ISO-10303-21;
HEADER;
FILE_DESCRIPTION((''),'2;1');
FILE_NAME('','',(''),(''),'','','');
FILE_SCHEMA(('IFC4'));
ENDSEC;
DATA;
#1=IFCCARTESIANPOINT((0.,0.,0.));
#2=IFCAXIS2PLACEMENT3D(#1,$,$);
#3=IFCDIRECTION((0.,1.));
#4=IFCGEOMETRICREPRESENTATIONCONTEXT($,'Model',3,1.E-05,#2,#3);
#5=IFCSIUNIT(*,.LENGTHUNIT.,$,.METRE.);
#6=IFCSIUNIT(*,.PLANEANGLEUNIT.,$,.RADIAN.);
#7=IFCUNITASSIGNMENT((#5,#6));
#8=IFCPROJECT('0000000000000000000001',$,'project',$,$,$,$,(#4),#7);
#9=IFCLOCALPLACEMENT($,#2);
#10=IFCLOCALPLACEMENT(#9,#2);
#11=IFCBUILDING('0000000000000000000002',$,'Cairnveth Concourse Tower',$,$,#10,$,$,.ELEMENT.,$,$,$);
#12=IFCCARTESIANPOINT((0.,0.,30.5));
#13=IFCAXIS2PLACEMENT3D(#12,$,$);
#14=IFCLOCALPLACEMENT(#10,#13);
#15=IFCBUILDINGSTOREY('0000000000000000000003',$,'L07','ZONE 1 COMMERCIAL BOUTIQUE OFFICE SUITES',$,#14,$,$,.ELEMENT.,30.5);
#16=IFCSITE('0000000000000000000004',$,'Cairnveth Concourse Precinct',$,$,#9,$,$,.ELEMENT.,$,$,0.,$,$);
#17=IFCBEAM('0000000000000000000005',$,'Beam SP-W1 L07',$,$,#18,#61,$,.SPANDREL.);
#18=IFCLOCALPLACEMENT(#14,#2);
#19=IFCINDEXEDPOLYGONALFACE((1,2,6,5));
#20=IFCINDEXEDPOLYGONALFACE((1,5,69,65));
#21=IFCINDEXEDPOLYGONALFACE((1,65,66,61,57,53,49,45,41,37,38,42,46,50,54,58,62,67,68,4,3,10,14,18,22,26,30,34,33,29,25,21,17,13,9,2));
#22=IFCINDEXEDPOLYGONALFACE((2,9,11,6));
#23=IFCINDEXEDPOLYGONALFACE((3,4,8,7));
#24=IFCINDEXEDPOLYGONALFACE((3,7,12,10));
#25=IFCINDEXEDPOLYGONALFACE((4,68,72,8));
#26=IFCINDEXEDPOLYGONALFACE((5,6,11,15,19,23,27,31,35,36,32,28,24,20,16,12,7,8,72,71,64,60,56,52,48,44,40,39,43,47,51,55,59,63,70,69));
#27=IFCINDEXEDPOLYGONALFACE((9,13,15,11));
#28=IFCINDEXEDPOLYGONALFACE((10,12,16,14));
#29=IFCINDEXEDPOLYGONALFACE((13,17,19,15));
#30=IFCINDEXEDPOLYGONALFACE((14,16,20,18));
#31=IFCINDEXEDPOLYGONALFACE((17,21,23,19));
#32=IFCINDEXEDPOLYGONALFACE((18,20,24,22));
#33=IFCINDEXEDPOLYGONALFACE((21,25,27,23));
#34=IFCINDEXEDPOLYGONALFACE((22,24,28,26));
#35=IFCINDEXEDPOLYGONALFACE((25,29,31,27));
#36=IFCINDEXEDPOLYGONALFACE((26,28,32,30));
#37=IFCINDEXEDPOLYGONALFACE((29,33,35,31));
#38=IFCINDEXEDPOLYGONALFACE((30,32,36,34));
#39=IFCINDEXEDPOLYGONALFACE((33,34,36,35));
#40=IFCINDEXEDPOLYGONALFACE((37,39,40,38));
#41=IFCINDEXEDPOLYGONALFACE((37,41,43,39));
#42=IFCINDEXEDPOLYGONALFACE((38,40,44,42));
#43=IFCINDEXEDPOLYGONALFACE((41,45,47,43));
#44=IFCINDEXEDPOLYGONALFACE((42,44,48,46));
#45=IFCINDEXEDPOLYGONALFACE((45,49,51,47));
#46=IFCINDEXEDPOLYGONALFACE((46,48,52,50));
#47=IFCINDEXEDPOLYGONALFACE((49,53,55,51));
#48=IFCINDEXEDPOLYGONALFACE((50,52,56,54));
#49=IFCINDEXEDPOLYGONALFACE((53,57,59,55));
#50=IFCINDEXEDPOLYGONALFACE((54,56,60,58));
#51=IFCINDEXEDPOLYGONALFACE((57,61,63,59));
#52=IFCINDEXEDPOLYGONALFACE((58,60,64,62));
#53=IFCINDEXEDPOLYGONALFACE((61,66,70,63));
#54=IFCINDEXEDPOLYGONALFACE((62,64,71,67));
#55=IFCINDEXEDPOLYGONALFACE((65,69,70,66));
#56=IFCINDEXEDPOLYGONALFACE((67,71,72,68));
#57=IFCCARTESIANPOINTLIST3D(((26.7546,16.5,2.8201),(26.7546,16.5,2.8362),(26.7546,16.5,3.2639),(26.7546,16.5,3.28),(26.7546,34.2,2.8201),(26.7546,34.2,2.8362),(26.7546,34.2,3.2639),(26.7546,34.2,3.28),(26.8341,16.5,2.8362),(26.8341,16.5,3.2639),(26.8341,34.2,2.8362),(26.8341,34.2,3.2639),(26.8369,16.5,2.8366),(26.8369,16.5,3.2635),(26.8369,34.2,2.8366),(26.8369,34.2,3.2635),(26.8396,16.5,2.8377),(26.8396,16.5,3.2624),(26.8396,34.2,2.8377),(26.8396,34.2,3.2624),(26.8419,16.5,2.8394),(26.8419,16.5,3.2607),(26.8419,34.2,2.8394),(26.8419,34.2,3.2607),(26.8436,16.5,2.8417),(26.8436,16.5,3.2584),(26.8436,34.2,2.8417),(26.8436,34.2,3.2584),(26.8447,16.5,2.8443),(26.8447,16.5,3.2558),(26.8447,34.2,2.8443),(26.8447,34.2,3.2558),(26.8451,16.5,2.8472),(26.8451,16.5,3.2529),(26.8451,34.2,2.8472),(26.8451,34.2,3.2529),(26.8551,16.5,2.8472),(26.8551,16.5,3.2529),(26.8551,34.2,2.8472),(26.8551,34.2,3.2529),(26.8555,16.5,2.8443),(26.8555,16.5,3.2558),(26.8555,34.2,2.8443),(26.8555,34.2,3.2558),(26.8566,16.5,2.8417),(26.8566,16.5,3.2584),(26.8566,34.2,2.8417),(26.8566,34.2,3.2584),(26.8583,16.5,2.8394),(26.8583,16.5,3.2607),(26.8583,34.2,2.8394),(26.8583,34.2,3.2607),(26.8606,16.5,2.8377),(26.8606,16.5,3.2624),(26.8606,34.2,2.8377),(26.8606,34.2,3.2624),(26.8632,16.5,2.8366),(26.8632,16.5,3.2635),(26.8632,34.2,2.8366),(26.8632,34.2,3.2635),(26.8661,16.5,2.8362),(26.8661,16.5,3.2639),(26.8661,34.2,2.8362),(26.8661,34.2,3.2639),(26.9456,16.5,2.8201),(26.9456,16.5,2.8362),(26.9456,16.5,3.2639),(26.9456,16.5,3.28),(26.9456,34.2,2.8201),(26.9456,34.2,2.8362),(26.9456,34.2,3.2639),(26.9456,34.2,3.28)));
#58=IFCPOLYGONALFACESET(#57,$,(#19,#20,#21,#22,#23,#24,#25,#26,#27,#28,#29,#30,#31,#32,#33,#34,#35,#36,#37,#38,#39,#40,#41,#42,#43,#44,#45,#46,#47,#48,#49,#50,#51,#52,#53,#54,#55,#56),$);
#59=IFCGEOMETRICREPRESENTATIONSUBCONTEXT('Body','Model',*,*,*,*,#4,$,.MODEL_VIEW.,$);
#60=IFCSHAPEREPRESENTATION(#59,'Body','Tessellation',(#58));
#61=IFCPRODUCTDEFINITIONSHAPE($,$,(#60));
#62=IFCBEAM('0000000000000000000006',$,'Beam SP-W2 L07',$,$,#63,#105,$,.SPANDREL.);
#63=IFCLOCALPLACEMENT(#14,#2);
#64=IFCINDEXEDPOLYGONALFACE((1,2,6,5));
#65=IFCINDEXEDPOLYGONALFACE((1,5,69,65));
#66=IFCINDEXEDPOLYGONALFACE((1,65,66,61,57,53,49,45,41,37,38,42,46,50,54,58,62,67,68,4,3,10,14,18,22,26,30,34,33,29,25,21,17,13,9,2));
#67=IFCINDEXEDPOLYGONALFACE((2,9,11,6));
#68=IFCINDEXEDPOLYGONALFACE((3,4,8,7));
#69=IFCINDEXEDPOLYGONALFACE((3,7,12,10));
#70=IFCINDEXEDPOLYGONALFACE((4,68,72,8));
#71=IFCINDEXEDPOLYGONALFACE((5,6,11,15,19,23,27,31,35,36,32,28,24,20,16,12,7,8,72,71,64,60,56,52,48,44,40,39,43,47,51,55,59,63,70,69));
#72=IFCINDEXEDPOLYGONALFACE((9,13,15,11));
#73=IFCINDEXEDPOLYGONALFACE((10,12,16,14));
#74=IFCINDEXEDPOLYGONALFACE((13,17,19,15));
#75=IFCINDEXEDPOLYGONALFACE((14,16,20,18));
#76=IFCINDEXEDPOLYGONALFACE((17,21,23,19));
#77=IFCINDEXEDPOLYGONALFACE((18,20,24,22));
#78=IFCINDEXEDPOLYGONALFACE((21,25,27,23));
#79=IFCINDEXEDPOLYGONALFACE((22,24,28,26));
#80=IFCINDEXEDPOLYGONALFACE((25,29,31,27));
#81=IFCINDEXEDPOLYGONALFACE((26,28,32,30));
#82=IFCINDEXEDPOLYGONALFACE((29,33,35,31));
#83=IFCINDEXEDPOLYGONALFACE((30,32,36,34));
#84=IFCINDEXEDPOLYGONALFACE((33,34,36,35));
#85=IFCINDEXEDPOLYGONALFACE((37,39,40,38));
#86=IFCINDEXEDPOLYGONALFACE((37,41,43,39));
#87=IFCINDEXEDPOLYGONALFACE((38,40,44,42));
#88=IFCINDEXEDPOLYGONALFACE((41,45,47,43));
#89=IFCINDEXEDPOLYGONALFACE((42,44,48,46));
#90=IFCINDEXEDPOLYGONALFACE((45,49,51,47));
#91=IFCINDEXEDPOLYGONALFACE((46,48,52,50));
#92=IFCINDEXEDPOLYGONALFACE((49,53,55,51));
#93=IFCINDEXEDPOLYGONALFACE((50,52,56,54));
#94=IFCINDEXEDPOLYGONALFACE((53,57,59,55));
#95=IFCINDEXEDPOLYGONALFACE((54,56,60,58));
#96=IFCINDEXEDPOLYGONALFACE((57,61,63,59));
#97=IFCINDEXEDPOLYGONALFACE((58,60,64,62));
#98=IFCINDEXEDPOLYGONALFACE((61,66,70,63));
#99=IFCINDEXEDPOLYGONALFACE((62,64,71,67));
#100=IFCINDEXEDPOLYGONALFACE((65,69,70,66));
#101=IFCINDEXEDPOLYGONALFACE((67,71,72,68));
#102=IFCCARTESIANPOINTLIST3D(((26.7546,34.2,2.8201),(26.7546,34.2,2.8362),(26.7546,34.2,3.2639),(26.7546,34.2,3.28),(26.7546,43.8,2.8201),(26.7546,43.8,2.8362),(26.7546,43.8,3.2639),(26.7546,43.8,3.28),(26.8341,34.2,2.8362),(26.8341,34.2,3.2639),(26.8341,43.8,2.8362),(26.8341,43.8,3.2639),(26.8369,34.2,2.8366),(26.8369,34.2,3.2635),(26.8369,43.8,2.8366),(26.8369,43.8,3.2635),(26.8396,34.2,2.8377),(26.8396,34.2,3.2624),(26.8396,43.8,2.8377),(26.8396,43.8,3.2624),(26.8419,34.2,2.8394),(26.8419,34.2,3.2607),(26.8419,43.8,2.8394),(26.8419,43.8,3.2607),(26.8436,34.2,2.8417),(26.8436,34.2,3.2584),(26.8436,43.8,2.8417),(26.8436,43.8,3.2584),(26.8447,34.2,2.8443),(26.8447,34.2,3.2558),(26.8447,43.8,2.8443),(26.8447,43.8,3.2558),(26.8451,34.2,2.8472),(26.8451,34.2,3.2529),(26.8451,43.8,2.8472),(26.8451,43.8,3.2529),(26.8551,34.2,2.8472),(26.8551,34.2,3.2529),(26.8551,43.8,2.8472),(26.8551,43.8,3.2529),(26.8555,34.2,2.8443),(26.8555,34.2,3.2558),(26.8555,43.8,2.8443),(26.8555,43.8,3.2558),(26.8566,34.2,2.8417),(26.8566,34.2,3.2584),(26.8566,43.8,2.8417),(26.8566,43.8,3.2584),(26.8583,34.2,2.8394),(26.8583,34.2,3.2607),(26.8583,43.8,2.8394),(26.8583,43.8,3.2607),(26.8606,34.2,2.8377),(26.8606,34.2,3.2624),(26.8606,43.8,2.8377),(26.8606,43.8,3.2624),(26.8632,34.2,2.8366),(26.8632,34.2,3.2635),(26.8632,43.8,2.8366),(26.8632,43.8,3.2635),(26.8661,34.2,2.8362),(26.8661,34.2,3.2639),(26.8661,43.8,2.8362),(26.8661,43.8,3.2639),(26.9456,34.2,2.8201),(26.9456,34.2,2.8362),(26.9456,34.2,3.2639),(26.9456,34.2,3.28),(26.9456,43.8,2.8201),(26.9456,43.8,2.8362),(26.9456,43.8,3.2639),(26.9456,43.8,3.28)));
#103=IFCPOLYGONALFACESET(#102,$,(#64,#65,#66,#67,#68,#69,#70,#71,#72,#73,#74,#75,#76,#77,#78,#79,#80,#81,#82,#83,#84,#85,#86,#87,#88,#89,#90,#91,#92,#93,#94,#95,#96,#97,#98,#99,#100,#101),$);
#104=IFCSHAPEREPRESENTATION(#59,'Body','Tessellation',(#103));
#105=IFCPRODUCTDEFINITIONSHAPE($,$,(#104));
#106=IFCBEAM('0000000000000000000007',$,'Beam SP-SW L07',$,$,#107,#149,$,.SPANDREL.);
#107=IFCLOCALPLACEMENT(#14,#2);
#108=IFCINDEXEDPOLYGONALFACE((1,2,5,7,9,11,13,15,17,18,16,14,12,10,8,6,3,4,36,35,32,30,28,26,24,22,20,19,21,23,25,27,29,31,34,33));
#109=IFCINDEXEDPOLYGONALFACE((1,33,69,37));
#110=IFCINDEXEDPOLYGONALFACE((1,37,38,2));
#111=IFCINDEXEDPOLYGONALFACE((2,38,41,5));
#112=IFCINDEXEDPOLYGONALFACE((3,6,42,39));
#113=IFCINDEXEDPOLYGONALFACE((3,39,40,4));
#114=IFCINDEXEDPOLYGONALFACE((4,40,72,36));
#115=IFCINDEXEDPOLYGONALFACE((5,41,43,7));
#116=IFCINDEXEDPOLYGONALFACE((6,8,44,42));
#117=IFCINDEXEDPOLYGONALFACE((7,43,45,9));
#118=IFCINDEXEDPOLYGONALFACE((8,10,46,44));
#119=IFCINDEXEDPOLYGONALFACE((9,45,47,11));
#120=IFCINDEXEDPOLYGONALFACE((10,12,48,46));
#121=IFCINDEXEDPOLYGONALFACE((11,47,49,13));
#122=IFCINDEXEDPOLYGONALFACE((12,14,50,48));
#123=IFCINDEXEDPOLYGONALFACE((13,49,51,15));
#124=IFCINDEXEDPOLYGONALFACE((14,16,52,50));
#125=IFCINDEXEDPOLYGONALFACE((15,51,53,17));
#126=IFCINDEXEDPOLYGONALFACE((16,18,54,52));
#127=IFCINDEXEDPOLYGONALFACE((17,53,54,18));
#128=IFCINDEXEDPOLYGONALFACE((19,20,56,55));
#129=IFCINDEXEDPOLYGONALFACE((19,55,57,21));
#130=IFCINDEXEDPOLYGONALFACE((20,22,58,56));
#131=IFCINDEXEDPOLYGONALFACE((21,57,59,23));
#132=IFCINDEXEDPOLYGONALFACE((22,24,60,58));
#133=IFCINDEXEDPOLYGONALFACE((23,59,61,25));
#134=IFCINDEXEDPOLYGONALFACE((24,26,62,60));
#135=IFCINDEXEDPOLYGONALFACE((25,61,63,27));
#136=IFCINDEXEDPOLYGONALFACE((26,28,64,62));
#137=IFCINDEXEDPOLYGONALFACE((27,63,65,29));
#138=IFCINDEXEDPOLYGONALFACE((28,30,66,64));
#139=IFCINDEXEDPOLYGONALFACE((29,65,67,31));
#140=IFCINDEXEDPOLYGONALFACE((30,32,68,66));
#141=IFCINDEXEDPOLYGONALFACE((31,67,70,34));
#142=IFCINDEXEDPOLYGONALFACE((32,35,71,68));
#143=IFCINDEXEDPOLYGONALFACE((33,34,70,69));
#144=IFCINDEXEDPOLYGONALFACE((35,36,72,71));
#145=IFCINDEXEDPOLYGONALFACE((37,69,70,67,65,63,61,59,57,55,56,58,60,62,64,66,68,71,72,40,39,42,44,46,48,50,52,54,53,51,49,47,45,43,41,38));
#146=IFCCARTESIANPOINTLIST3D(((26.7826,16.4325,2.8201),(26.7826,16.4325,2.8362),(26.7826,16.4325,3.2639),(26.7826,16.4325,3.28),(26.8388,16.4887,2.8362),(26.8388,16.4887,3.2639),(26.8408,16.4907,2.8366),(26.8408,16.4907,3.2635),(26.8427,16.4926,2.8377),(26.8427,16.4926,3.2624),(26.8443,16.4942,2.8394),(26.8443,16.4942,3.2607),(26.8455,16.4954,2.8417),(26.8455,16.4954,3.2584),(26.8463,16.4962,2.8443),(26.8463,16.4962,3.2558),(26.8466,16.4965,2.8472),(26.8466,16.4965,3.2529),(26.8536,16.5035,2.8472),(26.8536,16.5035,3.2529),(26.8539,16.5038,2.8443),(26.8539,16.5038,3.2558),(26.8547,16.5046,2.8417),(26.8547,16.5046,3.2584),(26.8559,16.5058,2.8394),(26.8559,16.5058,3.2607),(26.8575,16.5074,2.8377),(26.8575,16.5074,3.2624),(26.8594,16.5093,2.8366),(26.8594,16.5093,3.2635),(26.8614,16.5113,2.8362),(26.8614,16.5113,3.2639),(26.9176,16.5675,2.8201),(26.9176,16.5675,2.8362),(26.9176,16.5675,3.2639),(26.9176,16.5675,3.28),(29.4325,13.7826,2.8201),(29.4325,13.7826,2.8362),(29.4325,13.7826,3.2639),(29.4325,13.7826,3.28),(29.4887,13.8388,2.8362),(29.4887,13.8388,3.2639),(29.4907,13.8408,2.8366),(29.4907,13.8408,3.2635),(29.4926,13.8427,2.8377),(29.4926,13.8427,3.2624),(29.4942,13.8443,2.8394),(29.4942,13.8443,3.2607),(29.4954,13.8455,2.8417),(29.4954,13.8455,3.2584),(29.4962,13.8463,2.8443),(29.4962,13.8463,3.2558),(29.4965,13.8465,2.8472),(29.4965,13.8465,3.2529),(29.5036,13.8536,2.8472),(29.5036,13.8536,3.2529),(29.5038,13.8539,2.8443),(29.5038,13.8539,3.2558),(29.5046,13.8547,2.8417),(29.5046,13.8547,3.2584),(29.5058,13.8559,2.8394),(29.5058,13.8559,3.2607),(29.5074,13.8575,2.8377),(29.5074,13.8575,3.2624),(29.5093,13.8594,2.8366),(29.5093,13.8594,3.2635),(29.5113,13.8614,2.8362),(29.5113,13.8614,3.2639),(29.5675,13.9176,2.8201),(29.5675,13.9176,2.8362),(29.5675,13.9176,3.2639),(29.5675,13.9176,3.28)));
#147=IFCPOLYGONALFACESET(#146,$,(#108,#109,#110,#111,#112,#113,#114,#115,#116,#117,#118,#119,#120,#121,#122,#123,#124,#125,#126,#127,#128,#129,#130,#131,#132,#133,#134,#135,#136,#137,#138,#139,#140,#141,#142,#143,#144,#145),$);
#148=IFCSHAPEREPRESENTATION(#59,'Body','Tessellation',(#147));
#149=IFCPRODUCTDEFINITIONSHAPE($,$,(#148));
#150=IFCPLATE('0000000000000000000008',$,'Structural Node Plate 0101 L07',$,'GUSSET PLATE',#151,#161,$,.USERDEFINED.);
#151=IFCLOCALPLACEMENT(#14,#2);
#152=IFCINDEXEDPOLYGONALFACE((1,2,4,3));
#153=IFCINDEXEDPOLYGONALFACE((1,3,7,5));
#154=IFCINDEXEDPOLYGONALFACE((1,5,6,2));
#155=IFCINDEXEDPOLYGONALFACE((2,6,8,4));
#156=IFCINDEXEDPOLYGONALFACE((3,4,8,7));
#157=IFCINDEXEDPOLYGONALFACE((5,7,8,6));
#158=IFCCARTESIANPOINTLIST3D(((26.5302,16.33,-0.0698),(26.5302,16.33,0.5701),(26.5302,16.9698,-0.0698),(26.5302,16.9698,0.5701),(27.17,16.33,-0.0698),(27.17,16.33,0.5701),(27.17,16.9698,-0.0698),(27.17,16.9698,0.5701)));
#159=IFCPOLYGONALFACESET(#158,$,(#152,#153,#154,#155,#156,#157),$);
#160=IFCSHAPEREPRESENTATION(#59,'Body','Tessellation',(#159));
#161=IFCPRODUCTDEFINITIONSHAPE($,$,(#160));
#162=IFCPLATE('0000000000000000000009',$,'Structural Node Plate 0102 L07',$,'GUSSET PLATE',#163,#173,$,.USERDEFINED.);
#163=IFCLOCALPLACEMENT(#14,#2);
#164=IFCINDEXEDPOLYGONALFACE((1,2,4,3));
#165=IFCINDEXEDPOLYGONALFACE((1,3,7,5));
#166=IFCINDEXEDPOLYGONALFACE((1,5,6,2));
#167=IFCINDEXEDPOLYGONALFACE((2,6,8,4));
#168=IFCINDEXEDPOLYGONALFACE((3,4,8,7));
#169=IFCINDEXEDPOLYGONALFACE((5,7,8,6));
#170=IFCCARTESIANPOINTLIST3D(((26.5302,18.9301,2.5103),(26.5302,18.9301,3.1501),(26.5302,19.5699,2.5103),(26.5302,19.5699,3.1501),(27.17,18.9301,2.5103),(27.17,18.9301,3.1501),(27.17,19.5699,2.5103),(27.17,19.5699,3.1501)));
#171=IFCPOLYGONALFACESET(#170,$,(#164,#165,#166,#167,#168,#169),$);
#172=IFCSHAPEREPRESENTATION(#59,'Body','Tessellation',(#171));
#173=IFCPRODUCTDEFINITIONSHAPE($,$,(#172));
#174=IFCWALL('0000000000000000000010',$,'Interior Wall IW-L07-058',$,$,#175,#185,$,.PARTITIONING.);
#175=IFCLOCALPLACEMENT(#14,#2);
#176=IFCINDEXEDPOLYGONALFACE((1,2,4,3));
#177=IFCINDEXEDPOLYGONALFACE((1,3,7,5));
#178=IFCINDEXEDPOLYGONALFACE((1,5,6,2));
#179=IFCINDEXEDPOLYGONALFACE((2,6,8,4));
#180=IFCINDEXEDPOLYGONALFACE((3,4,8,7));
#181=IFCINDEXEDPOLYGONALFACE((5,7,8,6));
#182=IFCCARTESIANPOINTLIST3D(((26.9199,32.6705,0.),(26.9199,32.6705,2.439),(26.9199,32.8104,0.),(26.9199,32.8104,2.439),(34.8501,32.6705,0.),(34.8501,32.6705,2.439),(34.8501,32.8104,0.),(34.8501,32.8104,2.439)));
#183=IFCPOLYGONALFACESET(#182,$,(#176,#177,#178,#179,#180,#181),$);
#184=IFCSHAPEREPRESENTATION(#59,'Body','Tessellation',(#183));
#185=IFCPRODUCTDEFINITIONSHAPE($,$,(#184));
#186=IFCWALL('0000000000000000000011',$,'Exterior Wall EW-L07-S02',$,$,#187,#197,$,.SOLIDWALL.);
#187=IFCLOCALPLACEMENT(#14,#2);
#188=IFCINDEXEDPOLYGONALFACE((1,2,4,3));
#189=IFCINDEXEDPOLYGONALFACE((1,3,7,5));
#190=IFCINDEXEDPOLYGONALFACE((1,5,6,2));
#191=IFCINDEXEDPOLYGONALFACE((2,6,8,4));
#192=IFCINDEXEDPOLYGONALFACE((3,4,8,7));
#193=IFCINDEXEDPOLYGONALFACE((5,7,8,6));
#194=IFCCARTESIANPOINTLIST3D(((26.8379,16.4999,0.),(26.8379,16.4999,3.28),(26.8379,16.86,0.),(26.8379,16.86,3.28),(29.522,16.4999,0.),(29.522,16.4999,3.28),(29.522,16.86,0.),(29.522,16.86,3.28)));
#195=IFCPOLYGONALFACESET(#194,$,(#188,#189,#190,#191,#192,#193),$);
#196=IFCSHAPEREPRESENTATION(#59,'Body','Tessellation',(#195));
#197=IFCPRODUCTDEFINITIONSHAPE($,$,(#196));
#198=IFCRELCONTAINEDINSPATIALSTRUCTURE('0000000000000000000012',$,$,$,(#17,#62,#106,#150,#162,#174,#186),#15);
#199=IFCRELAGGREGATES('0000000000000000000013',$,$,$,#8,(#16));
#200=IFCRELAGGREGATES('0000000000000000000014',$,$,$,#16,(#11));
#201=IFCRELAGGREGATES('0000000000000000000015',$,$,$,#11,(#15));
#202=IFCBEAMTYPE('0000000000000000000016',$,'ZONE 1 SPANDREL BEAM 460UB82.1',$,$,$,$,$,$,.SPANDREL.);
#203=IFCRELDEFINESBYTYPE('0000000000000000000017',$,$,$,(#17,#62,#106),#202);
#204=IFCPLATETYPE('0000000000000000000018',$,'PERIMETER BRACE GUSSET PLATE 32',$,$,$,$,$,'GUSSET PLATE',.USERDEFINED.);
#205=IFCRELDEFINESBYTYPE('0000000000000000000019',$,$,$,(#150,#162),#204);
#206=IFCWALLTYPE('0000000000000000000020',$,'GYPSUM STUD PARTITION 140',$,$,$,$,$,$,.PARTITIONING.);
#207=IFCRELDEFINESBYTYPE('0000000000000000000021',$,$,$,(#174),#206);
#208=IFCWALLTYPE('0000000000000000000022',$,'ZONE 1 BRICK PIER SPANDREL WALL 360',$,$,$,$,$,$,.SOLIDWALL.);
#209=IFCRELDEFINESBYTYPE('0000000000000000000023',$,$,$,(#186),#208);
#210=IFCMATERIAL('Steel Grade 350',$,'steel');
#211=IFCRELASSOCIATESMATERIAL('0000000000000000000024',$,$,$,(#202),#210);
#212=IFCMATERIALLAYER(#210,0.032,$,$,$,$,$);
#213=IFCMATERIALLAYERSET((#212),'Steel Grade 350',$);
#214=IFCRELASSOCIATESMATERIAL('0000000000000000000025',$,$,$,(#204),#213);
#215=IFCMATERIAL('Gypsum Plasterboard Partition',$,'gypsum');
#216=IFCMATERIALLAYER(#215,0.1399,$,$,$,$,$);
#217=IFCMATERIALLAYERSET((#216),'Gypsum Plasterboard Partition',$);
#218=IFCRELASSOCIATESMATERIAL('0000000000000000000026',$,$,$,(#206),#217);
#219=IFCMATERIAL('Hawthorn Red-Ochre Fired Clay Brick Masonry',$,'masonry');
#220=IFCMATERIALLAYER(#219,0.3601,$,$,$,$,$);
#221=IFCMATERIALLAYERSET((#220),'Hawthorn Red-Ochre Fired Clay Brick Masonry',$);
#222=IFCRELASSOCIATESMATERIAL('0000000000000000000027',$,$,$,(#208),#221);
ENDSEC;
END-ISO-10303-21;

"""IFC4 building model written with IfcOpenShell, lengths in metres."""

from ifc_helpers import new_model, si_unit, direction, frame, frame_2d, origin, origin_2d, place, context, subcontext, project, spatial, rectangle, i_section, extrude, material, layer, layer_set, material_profile, profile_set, type_object, element, save


model = new_model("IFC4")

# Units and contexts
model_context = context("Model", 3, precision=1e-05, world=origin(), true_north=direction((0.0, 1.0)))
body_context = subcontext(model_context, "Body", "Model", "MODEL_VIEW")
ifc_project = project(units=[si_unit("LENGTHUNIT", "METRE"), si_unit("PLANEANGLEUNIT", "RADIAN")], contexts=[model_context])

# Site, building, storey
site_placement = place(None, origin())
site = spatial("IfcSite", under=ifc_project, at=site_placement, Name="Cairnveth Concourse Precinct", CompositionType="ELEMENT", RefElevation=0.0)
building_placement = place(site_placement, origin())
building = spatial("IfcBuilding", under=site, at=building_placement, Name="Cairnveth Concourse Tower", CompositionType="ELEMENT")
storey_placement = place(building_placement, frame((0.0, 0.0, 30.5)))
storey = spatial("IfcBuildingStorey", under=building, at=storey_placement, Name="L07", Description="ZONE 1 COMMERCIAL BOUTIQUE OFFICE SUITES", CompositionType="ELEMENT", Elevation=30.5)

# Shared definitions
ifc_material_1 = material(Name="Steel Grade 350", Category="steel")

# Beams
ifc_material_profile_1 = material_profile(ifc_material_1, i_section(OverallWidth=0.1909, OverallDepth=0.46, WebThickness=0.01, FlangeThickness=0.0161, FilletRadius=0.011, at=origin_2d()), Name="460UB82.1")
ifc_profile_set_1 = profile_set([ifc_material_profile_1], Name="Steel Grade 350")
beam_type_1 = type_object("IfcBeamType", Name="ZONE 1 SPANDREL BEAM 460UB82.1", PredefinedType="SPANDREL", material=ifc_profile_set_1)
beam_1_placement = place(storey_placement, frame((26.8501, 16.5, 3.05), z_axis=(0.0, 1.0, 0.0), x_axis=(-1.0, 0.0, 0.0)))
element("IfcBeam", 1, at=beam_1_placement, inside=storey, type_object=beam_type_1, Name="Beam SP-W1 L07", PredefinedType="SPANDREL", context=body_context, shape_type="SweptSolid", body=[
    extrude(i_section(OverallWidth=0.1909, OverallDepth=0.46, WebThickness=0.01, FlangeThickness=0.0161, FilletRadius=0.011, at=origin_2d()), origin(), (0.0, 0.0, 1.0), 17.7),
])
beam_2_placement = place(storey_placement, frame((26.8501, 34.2, 3.05), z_axis=(0.0, 1.0, 0.0), x_axis=(-1.0, 0.0, 0.0)))
element("IfcBeam", 2, at=beam_2_placement, inside=storey, type_object=beam_type_1, Name="Beam SP-W2 L07", PredefinedType="SPANDREL", context=body_context, shape_type="SweptSolid", body=[
    extrude(i_section(OverallWidth=0.1909, OverallDepth=0.46, WebThickness=0.01, FlangeThickness=0.0161, FilletRadius=0.011, at=origin_2d()), origin(), (0.0, 0.0, 1.0), 9.6001),
])
beam_3_placement = place(storey_placement, frame((26.8501, 16.5, 3.05), z_axis=(0.707107, -0.707107, 0.0), x_axis=(0.707107, 0.707107, 0.0)))
element("IfcBeam", 3, at=beam_3_placement, inside=storey, type_object=beam_type_1, Name="Beam SP-SW L07", PredefinedType="SPANDREL", context=body_context, shape_type="SweptSolid", body=[
    extrude(i_section(OverallWidth=0.1909, OverallDepth=0.46, WebThickness=0.01, FlangeThickness=0.0161, FilletRadius=0.011, at=origin_2d()), origin(), (0.0, 0.0, 1.0), 3.7476),
])

# Plates
ifc_layer_1 = layer(ifc_material_1, 0.032)
ifc_layer_set_1 = layer_set([ifc_layer_1], Name="Steel Grade 350")
plate_type = type_object("IfcPlateType", Name="PERIMETER BRACE GUSSET PLATE 32", ElementType="GUSSET PLATE", PredefinedType="USERDEFINED", material=ifc_layer_set_1)
for number, where, z_axis, x_axis, name in (
    (4, (26.8501, 16.6499, -0.0698), (0.0, 0.0, 1.0), (1.0, 0.0, 0.0), "Structural Node Plate 0101 L07"),
    (5, (26.8501, 19.25, 2.5103), (0.0, 0.0, 1.0), (1.0, 0.0, 0.0), "Structural Node Plate 0102 L07"),
):
    element("IfcPlate", number, at=place(storey_placement, frame(where, z_axis=z_axis, x_axis=x_axis)), inside=storey, type_object=plate_type, Name=name, ObjectType="GUSSET PLATE", PredefinedType="USERDEFINED", context=body_context, shape_type="SweptSolid", body=[
        extrude(rectangle(XDim=0.6399, YDim=0.6399, at=origin_2d()), origin(), (0.0, 0.0, 1.0), 0.6399),
    ])

# Walls
ifc_material_2 = material(Name="Gypsum Plasterboard Partition", Category="gypsum")
ifc_layer_2 = layer(ifc_material_2, 0.1399)
ifc_layer_set_2 = layer_set([ifc_layer_2], Name="Gypsum Plasterboard Partition")
wall_type_1 = type_object("IfcWallType", Name="GYPSUM STUD PARTITION 140", PredefinedType="PARTITIONING", material=ifc_layer_set_2)
wall_1_placement = place(storey_placement, frame((26.9199, 32.7405, 0.0), z_axis=(0.0, 0.0, 1.0), x_axis=(1.0, 0.0, 0.0)))
element("IfcWall", 6, at=wall_1_placement, inside=storey, type_object=wall_type_1, Name="Interior Wall IW-L07-058", PredefinedType="PARTITIONING", context=body_context, shape_type="SweptSolid", body=[
    extrude(rectangle(XDim=7.9302, YDim=0.1399, at=frame_2d((3.9651, 0.0))), origin(), (0.0, 0.0, 1.0), 2.439),
])
ifc_material_3 = material(Name="Hawthorn Red-Ochre Fired Clay Brick Masonry", Category="masonry")
ifc_layer_3 = layer(ifc_material_3, 0.3601)
ifc_layer_set_3 = layer_set([ifc_layer_3], Name="Hawthorn Red-Ochre Fired Clay Brick Masonry")
wall_type_2 = type_object("IfcWallType", Name="ZONE 1 BRICK PIER SPANDREL WALL 360", PredefinedType="SOLIDWALL", material=ifc_layer_set_3)
wall_2_placement = place(storey_placement, frame((29.522, 16.6799, 0.0), z_axis=(0.0, 0.0, 1.0), x_axis=(-1.0, 0.0, 0.0)))
element("IfcWall", 7, at=wall_2_placement, inside=storey, type_object=wall_type_2, Name="Exterior Wall EW-L07-S02", PredefinedType="SOLIDWALL", context=body_context, shape_type="SweptSolid", body=[
    extrude(rectangle(XDim=2.6841, YDim=0.3601, at=frame_2d((1.342, 0.0))), origin(), (0.0, 0.0, 1.0), 3.28),
])

save(model, "model.ifc")
